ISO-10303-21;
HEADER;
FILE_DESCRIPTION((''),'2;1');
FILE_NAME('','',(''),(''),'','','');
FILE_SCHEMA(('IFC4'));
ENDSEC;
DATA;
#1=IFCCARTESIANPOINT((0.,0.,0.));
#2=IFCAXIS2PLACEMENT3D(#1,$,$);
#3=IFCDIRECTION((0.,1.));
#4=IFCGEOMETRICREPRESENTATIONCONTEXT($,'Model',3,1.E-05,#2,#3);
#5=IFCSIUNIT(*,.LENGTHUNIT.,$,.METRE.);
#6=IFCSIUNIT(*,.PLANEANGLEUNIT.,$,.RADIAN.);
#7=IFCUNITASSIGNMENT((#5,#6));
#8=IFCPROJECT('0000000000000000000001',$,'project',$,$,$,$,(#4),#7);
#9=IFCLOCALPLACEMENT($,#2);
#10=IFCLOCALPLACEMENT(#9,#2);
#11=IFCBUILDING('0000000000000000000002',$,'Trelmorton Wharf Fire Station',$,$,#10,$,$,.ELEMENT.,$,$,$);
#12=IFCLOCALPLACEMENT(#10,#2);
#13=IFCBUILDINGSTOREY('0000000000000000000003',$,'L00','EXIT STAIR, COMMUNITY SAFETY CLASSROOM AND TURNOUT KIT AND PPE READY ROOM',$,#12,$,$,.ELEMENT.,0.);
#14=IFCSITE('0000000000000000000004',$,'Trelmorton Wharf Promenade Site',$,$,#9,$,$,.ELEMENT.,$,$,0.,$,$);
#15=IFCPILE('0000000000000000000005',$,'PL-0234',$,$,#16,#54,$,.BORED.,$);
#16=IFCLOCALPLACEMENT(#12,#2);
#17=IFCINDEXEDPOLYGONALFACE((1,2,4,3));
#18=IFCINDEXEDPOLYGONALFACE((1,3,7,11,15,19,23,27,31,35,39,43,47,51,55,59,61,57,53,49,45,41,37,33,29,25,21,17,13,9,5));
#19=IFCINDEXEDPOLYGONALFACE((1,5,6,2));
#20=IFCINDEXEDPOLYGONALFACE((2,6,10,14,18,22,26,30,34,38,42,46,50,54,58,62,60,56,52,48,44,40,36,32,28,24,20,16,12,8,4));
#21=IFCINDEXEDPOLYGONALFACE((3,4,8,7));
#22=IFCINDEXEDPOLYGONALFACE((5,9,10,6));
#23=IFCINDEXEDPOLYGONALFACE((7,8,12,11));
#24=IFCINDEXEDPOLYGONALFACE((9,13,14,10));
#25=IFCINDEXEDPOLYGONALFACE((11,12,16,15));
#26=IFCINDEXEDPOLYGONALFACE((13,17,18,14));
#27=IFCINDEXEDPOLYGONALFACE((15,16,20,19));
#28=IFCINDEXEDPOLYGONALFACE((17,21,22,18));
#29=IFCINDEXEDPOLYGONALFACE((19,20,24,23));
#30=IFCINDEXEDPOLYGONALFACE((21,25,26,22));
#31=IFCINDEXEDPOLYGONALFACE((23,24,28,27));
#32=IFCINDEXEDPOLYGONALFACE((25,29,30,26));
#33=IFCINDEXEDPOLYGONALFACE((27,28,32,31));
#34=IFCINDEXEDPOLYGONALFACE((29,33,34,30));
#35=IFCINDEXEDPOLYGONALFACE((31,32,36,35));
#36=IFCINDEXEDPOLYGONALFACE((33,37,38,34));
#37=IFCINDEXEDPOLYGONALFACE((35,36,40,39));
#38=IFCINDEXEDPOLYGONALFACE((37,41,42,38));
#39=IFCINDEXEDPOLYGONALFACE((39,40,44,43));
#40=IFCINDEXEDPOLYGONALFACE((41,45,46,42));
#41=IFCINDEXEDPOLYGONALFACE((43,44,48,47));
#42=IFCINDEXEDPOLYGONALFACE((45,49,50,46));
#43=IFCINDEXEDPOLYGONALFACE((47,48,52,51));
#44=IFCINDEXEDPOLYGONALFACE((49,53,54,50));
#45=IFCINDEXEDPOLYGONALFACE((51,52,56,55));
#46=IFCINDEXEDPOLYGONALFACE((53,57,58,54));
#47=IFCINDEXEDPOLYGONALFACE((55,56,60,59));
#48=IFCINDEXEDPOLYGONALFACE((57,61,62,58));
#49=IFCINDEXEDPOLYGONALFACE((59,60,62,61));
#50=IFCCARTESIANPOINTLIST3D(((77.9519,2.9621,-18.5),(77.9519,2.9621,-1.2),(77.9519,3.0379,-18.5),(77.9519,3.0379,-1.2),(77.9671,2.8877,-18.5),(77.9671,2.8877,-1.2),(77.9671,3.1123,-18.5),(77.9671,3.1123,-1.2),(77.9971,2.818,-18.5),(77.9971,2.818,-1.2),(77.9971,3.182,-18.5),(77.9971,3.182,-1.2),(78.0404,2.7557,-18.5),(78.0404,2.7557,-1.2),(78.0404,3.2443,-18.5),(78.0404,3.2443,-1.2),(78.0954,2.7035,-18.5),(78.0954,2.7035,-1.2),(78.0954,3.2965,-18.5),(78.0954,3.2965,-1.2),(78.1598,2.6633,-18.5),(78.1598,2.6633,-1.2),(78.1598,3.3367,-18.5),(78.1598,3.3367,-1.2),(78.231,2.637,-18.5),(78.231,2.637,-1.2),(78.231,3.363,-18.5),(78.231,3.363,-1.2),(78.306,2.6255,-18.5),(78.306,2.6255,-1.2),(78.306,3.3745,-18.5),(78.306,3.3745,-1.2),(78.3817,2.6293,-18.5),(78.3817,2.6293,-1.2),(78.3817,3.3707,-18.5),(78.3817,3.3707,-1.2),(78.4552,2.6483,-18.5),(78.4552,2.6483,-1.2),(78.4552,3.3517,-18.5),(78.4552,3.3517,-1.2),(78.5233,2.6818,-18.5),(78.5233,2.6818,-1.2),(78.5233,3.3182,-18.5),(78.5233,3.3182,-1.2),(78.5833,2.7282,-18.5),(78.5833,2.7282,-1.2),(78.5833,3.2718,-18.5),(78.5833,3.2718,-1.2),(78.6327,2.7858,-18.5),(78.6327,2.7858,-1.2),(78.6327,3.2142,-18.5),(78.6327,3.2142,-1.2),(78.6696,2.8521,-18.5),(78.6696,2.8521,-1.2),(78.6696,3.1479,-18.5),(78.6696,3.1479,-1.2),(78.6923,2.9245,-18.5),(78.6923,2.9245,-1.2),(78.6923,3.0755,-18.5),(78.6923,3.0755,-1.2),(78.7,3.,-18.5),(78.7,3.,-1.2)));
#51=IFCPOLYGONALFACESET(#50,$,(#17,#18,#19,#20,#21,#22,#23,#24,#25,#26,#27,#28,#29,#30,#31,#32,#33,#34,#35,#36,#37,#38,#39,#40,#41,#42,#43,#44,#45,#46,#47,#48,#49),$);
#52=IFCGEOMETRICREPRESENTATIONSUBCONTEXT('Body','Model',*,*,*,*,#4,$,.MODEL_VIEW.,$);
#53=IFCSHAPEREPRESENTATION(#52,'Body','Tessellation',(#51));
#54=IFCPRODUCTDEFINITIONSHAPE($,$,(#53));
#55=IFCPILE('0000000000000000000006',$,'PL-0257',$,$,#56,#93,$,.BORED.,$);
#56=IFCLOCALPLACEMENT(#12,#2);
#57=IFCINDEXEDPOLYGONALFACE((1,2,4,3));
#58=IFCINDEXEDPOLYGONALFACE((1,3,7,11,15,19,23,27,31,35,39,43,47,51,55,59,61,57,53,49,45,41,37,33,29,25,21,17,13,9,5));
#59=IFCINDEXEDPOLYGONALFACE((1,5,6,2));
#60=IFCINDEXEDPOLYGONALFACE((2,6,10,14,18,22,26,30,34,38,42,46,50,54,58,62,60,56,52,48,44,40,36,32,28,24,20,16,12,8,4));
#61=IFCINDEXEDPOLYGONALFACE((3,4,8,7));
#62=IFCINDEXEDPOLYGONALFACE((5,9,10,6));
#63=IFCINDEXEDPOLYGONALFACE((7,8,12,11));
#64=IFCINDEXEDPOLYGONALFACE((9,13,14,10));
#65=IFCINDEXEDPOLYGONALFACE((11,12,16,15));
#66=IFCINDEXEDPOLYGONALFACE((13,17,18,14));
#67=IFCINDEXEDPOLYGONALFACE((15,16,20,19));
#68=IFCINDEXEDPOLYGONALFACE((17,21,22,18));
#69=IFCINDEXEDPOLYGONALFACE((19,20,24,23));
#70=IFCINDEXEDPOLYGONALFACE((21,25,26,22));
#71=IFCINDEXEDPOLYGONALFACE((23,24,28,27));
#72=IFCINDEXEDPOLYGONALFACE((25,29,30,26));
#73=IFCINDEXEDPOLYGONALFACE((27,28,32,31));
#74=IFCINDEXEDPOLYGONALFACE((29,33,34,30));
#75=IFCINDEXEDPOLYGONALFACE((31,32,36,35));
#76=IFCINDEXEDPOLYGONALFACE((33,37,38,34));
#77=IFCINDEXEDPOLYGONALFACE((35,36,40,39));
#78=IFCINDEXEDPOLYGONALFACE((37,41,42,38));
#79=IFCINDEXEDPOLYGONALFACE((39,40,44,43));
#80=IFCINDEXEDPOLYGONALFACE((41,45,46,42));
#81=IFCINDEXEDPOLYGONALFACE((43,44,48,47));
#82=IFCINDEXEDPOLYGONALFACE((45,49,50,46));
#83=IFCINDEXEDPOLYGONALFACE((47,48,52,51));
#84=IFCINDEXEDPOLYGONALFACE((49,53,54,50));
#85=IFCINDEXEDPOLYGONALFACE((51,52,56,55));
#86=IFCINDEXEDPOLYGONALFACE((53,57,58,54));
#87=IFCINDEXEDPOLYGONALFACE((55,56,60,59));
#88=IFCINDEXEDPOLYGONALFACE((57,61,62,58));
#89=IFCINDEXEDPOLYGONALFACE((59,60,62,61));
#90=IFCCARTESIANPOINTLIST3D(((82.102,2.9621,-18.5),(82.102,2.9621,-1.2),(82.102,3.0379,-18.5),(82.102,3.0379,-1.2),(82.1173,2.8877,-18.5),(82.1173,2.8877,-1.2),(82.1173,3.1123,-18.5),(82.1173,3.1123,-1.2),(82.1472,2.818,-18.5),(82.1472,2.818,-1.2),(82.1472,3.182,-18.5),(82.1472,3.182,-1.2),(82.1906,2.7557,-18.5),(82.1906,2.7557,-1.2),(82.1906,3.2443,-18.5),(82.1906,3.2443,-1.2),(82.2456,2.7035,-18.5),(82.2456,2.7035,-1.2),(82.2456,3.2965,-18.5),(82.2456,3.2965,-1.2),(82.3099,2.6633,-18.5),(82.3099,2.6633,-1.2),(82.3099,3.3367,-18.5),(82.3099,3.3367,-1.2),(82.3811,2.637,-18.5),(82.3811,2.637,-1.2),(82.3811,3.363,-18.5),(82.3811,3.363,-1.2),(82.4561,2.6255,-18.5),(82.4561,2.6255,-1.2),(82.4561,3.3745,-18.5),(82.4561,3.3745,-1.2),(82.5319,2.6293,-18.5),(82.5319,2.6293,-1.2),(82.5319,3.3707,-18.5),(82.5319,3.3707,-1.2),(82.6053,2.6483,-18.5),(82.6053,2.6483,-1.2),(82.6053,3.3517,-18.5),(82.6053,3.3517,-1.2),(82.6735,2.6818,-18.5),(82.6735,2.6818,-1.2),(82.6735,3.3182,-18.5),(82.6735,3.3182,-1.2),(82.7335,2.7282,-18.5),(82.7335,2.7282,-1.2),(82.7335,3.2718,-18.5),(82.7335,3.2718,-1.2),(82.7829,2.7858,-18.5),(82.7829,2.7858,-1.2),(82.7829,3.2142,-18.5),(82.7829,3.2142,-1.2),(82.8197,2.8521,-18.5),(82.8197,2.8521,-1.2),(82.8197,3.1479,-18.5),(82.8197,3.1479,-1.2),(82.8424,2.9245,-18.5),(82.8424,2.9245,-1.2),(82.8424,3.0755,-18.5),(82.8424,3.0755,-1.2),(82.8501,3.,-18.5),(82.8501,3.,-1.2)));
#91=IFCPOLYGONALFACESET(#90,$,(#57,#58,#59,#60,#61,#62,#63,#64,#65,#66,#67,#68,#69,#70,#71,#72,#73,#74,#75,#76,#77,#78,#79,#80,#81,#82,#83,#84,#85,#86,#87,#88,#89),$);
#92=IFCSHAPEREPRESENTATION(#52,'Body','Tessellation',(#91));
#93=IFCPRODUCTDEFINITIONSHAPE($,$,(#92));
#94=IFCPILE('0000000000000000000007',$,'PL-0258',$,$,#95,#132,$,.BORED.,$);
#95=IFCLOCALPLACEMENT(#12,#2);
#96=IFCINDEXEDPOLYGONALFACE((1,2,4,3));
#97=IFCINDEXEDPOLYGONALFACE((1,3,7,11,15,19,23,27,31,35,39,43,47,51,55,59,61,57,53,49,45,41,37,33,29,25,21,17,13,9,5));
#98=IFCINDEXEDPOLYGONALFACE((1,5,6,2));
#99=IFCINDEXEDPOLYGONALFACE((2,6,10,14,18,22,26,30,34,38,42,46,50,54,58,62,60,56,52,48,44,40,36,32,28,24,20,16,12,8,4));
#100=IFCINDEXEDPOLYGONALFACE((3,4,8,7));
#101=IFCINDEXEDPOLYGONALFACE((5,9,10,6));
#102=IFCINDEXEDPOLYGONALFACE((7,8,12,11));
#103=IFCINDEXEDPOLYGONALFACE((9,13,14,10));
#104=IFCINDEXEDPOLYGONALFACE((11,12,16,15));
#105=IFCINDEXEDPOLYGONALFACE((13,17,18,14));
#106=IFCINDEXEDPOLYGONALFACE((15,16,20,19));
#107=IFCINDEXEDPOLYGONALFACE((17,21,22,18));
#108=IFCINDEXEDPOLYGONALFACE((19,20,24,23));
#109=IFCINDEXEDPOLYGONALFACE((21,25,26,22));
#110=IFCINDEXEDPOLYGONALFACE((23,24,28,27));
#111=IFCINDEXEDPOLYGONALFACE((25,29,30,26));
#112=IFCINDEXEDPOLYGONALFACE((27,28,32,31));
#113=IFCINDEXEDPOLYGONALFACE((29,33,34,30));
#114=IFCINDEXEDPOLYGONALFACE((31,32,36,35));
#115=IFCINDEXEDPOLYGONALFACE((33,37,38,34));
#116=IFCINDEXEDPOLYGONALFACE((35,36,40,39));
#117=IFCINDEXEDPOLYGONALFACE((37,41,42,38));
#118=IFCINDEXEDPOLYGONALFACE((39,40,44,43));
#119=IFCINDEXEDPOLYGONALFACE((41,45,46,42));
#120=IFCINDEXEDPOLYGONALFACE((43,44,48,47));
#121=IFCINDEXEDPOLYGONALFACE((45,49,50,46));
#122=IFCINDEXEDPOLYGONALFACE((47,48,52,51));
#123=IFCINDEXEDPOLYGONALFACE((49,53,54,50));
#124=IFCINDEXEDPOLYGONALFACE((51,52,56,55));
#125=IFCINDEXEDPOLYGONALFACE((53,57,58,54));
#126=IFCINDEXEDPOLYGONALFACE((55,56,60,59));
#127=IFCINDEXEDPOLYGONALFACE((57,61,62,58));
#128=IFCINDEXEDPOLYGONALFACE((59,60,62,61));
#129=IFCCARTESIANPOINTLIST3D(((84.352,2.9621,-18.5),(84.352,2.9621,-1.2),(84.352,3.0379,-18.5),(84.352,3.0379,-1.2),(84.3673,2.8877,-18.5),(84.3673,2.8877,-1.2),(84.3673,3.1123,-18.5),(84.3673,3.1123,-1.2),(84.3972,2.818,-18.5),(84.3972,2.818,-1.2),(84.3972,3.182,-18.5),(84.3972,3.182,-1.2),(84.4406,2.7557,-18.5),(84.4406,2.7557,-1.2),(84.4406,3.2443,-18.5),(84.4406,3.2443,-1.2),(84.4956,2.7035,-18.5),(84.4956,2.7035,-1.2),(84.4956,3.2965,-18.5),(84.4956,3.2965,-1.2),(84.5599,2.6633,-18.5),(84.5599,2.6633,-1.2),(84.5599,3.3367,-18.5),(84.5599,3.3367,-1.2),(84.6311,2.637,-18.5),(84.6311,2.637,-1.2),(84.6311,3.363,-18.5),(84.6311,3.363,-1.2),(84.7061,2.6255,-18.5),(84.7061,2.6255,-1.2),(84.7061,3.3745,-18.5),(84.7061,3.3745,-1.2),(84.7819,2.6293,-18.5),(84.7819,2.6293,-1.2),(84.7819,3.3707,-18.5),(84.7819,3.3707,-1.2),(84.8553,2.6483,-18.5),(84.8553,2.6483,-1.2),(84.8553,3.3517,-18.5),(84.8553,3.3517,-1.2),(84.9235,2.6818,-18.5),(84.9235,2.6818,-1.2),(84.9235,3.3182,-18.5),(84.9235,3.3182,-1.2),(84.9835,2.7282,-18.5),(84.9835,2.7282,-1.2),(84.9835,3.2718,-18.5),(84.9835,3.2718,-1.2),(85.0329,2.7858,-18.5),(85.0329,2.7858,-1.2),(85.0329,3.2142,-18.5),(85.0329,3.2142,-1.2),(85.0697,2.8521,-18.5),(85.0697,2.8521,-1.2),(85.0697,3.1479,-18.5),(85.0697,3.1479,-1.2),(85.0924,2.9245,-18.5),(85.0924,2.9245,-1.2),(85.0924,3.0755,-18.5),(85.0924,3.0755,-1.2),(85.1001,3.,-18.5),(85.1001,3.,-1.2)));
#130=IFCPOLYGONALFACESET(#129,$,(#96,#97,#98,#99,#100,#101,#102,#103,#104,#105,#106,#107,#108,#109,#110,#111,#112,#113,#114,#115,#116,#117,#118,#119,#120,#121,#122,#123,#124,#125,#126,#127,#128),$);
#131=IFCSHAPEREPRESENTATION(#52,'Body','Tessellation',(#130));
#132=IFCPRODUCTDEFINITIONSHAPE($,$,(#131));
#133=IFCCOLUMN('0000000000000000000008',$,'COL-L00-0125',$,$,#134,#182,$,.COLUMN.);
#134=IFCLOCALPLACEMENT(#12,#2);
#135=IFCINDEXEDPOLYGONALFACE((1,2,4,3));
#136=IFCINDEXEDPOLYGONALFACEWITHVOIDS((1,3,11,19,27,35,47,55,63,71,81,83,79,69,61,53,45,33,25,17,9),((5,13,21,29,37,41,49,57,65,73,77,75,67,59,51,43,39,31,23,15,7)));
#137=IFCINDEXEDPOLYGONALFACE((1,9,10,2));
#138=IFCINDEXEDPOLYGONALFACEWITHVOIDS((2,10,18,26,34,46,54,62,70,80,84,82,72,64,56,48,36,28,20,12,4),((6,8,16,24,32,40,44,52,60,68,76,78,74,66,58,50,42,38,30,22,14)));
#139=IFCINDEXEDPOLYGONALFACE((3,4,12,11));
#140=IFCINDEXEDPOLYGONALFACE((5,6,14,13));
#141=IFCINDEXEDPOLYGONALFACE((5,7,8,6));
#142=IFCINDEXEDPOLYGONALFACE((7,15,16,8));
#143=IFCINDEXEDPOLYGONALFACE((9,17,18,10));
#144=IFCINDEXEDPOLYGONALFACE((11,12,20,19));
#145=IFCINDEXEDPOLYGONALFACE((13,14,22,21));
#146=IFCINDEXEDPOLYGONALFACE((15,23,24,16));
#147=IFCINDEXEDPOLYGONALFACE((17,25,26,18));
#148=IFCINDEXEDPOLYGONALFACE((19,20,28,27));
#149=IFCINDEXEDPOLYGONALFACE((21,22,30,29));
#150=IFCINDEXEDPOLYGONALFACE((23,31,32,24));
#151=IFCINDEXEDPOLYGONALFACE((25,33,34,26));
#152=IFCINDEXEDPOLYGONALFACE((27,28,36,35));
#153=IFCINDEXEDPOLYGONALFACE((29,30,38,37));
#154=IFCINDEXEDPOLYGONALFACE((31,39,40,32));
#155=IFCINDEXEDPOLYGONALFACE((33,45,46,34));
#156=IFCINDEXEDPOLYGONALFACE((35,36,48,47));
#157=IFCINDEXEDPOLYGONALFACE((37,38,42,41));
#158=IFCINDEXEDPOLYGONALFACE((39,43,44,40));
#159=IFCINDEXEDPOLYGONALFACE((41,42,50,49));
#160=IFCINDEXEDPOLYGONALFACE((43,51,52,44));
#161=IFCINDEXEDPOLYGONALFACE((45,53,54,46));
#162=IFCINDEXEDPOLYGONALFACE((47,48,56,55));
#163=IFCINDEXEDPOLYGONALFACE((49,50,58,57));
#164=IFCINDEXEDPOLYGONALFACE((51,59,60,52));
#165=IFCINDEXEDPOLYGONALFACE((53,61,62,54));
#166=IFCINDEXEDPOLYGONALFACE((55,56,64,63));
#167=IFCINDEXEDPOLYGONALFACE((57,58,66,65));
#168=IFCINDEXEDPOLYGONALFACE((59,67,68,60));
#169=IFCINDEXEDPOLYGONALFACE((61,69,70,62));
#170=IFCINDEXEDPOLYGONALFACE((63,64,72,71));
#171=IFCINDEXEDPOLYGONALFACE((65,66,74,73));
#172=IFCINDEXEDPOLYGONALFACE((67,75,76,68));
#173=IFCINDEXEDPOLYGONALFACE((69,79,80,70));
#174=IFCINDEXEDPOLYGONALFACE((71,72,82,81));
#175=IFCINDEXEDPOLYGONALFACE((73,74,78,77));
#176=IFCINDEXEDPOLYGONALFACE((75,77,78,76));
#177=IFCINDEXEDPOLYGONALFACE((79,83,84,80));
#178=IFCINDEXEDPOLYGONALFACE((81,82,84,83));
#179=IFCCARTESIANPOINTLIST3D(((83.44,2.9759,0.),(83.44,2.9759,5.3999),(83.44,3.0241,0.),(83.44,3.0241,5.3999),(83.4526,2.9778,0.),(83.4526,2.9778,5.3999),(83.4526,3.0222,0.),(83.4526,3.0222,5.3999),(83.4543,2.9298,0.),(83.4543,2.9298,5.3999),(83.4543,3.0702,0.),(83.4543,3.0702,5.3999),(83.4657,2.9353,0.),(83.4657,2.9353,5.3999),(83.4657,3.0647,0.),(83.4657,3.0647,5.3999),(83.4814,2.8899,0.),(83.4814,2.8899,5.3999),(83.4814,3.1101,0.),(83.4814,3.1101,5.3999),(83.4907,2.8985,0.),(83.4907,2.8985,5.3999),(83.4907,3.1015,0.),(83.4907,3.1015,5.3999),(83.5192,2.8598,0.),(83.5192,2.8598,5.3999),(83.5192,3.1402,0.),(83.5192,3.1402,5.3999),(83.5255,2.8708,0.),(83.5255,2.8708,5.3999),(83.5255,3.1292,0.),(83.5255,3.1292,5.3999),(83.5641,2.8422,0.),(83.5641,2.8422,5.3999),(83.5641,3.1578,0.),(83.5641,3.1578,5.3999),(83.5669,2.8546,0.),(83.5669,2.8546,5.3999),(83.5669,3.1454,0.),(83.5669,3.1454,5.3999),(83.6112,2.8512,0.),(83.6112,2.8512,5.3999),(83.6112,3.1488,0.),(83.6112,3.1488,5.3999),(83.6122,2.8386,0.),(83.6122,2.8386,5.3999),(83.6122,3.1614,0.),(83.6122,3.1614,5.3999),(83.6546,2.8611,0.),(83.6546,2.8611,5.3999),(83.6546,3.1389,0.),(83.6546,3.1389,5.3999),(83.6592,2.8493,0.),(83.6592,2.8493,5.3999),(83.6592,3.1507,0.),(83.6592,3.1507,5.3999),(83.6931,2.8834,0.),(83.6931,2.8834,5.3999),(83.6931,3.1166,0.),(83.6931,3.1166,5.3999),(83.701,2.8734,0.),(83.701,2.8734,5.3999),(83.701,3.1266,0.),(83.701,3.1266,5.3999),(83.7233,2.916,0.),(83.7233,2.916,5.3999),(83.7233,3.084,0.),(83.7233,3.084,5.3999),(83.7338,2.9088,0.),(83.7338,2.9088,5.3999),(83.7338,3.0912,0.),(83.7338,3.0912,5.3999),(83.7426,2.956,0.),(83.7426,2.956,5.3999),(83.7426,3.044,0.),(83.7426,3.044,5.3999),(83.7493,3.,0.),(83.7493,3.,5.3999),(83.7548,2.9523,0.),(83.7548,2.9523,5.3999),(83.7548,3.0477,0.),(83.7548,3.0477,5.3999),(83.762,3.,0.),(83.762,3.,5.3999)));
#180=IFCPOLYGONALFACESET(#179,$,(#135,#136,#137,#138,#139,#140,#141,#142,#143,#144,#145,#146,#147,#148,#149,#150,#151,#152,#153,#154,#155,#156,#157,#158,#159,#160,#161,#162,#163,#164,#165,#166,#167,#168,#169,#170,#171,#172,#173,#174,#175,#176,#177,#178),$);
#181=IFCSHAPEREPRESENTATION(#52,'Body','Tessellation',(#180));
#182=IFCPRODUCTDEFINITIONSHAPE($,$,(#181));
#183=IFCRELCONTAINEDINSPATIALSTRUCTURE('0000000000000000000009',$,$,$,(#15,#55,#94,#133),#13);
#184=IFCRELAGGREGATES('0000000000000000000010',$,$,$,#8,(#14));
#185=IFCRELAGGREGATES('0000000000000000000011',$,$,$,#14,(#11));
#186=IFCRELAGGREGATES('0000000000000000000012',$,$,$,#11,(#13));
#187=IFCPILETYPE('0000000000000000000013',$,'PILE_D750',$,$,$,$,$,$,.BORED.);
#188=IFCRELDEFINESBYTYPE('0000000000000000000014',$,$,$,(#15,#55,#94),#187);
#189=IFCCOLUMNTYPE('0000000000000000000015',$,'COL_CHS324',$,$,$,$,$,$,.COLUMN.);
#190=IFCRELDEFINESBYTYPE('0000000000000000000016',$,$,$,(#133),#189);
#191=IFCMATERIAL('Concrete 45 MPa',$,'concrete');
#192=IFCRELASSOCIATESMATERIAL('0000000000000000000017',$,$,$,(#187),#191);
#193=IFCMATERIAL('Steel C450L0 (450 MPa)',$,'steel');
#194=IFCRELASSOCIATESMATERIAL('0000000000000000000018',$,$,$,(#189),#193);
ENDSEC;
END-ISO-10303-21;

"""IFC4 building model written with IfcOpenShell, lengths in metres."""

from ifc_helpers import new_model, si_unit, direction, frame, origin, origin_2d, place, context, subcontext, project, spatial, circle, hollow_circle, extrude, material, material_profile, profile_set, type_object, element, save


model = new_model("IFC4")

# Units and contexts
model_context = context("Model", 3, precision=1e-05, world=origin(), true_north=direction((0.0, 1.0)))
body_context = subcontext(model_context, "Body", "Model", "MODEL_VIEW")
ifc_project = project(units=[si_unit("LENGTHUNIT", "METRE"), si_unit("PLANEANGLEUNIT", "RADIAN")], contexts=[model_context])

# Site, building, storey
site_placement = place(None, origin())
site = spatial("IfcSite", under=ifc_project, at=site_placement, Name="Trelmorton Wharf Promenade Site", CompositionType="ELEMENT", RefElevation=0.0)
building_placement = place(site_placement, origin())
building = spatial("IfcBuilding", under=site, at=building_placement, Name="Trelmorton Wharf Fire Station", CompositionType="ELEMENT")
storey_placement = place(building_placement, origin())
storey = spatial("IfcBuildingStorey", under=building, at=storey_placement, Name="L00", Description="EXIT STAIR, COMMUNITY SAFETY CLASSROOM AND TURNOUT KIT AND PPE READY ROOM", CompositionType="ELEMENT", Elevation=0.0)

# Piles
ifc_material_1 = material(Name="Concrete 45 MPa", Category="concrete")
ifc_material_profile_1 = material_profile(ifc_material_1, circle(Radius=0.375, at=origin_2d()), Name="PILE-D750")
ifc_profile_set_1 = profile_set([ifc_material_profile_1], Name="Concrete 45 MPa")
pile_type_1 = type_object("IfcPileType", Name="PILE_D750", PredefinedType="BORED", material=ifc_profile_set_1)
for number, where, z_axis, x_axis, name in (
    (1, (78.325, 3.0, -1.2), (0.0, 0.0, -1.0), (1.0, 0.0, 0.0), "PL-0234"),
    (2, (82.4751, 3.0, -1.2), (0.0, 0.0, -1.0), (1.0, 0.0, 0.0), "PL-0257"),
    (3, (84.7251, 3.0, -1.2), (0.0, 0.0, -1.0), (1.0, 0.0, 0.0), "PL-0258"),
):
    element("IfcPile", number, at=place(storey_placement, frame(where, z_axis=z_axis, x_axis=x_axis)), inside=storey, type_object=pile_type_1, Name=name, PredefinedType="BORED", context=body_context, shape_type="SweptSolid", body=[
        extrude(circle(Radius=0.375, at=origin_2d()), origin(), (0.0, 0.0, 1.0), 17.3),
    ])

# Column
ifc_material_2 = material(Name="Steel C450L0 (450 MPa)", Category="steel")
ifc_material_profile_2 = material_profile(ifc_material_2, hollow_circle(Radius=0.1619, WallThickness=0.0127, at=origin_2d()), Name="323.9x12.7CHS")
ifc_profile_set_2 = profile_set([ifc_material_profile_2], Name="Steel C450L0 (450 MPa)")
column_type = type_object("IfcColumnType", Name="COL_CHS324", PredefinedType="COLUMN", material=ifc_profile_set_2)
column_placement = place(storey_placement, frame((83.6001, 3.0, 0.0), z_axis=(0.0, 0.0, 1.0), x_axis=(1.0, 0.0, 0.0)))
element("IfcColumn", 4, at=column_placement, inside=storey, type_object=column_type, Name="COL-L00-0125", PredefinedType="COLUMN", context=body_context, shape_type="SweptSolid", body=[
    extrude(hollow_circle(Radius=0.1619, WallThickness=0.0127, at=origin_2d()), origin(), (0.0, 0.0, 1.0), 5.3999),
])

save(model, "model.ifc")
